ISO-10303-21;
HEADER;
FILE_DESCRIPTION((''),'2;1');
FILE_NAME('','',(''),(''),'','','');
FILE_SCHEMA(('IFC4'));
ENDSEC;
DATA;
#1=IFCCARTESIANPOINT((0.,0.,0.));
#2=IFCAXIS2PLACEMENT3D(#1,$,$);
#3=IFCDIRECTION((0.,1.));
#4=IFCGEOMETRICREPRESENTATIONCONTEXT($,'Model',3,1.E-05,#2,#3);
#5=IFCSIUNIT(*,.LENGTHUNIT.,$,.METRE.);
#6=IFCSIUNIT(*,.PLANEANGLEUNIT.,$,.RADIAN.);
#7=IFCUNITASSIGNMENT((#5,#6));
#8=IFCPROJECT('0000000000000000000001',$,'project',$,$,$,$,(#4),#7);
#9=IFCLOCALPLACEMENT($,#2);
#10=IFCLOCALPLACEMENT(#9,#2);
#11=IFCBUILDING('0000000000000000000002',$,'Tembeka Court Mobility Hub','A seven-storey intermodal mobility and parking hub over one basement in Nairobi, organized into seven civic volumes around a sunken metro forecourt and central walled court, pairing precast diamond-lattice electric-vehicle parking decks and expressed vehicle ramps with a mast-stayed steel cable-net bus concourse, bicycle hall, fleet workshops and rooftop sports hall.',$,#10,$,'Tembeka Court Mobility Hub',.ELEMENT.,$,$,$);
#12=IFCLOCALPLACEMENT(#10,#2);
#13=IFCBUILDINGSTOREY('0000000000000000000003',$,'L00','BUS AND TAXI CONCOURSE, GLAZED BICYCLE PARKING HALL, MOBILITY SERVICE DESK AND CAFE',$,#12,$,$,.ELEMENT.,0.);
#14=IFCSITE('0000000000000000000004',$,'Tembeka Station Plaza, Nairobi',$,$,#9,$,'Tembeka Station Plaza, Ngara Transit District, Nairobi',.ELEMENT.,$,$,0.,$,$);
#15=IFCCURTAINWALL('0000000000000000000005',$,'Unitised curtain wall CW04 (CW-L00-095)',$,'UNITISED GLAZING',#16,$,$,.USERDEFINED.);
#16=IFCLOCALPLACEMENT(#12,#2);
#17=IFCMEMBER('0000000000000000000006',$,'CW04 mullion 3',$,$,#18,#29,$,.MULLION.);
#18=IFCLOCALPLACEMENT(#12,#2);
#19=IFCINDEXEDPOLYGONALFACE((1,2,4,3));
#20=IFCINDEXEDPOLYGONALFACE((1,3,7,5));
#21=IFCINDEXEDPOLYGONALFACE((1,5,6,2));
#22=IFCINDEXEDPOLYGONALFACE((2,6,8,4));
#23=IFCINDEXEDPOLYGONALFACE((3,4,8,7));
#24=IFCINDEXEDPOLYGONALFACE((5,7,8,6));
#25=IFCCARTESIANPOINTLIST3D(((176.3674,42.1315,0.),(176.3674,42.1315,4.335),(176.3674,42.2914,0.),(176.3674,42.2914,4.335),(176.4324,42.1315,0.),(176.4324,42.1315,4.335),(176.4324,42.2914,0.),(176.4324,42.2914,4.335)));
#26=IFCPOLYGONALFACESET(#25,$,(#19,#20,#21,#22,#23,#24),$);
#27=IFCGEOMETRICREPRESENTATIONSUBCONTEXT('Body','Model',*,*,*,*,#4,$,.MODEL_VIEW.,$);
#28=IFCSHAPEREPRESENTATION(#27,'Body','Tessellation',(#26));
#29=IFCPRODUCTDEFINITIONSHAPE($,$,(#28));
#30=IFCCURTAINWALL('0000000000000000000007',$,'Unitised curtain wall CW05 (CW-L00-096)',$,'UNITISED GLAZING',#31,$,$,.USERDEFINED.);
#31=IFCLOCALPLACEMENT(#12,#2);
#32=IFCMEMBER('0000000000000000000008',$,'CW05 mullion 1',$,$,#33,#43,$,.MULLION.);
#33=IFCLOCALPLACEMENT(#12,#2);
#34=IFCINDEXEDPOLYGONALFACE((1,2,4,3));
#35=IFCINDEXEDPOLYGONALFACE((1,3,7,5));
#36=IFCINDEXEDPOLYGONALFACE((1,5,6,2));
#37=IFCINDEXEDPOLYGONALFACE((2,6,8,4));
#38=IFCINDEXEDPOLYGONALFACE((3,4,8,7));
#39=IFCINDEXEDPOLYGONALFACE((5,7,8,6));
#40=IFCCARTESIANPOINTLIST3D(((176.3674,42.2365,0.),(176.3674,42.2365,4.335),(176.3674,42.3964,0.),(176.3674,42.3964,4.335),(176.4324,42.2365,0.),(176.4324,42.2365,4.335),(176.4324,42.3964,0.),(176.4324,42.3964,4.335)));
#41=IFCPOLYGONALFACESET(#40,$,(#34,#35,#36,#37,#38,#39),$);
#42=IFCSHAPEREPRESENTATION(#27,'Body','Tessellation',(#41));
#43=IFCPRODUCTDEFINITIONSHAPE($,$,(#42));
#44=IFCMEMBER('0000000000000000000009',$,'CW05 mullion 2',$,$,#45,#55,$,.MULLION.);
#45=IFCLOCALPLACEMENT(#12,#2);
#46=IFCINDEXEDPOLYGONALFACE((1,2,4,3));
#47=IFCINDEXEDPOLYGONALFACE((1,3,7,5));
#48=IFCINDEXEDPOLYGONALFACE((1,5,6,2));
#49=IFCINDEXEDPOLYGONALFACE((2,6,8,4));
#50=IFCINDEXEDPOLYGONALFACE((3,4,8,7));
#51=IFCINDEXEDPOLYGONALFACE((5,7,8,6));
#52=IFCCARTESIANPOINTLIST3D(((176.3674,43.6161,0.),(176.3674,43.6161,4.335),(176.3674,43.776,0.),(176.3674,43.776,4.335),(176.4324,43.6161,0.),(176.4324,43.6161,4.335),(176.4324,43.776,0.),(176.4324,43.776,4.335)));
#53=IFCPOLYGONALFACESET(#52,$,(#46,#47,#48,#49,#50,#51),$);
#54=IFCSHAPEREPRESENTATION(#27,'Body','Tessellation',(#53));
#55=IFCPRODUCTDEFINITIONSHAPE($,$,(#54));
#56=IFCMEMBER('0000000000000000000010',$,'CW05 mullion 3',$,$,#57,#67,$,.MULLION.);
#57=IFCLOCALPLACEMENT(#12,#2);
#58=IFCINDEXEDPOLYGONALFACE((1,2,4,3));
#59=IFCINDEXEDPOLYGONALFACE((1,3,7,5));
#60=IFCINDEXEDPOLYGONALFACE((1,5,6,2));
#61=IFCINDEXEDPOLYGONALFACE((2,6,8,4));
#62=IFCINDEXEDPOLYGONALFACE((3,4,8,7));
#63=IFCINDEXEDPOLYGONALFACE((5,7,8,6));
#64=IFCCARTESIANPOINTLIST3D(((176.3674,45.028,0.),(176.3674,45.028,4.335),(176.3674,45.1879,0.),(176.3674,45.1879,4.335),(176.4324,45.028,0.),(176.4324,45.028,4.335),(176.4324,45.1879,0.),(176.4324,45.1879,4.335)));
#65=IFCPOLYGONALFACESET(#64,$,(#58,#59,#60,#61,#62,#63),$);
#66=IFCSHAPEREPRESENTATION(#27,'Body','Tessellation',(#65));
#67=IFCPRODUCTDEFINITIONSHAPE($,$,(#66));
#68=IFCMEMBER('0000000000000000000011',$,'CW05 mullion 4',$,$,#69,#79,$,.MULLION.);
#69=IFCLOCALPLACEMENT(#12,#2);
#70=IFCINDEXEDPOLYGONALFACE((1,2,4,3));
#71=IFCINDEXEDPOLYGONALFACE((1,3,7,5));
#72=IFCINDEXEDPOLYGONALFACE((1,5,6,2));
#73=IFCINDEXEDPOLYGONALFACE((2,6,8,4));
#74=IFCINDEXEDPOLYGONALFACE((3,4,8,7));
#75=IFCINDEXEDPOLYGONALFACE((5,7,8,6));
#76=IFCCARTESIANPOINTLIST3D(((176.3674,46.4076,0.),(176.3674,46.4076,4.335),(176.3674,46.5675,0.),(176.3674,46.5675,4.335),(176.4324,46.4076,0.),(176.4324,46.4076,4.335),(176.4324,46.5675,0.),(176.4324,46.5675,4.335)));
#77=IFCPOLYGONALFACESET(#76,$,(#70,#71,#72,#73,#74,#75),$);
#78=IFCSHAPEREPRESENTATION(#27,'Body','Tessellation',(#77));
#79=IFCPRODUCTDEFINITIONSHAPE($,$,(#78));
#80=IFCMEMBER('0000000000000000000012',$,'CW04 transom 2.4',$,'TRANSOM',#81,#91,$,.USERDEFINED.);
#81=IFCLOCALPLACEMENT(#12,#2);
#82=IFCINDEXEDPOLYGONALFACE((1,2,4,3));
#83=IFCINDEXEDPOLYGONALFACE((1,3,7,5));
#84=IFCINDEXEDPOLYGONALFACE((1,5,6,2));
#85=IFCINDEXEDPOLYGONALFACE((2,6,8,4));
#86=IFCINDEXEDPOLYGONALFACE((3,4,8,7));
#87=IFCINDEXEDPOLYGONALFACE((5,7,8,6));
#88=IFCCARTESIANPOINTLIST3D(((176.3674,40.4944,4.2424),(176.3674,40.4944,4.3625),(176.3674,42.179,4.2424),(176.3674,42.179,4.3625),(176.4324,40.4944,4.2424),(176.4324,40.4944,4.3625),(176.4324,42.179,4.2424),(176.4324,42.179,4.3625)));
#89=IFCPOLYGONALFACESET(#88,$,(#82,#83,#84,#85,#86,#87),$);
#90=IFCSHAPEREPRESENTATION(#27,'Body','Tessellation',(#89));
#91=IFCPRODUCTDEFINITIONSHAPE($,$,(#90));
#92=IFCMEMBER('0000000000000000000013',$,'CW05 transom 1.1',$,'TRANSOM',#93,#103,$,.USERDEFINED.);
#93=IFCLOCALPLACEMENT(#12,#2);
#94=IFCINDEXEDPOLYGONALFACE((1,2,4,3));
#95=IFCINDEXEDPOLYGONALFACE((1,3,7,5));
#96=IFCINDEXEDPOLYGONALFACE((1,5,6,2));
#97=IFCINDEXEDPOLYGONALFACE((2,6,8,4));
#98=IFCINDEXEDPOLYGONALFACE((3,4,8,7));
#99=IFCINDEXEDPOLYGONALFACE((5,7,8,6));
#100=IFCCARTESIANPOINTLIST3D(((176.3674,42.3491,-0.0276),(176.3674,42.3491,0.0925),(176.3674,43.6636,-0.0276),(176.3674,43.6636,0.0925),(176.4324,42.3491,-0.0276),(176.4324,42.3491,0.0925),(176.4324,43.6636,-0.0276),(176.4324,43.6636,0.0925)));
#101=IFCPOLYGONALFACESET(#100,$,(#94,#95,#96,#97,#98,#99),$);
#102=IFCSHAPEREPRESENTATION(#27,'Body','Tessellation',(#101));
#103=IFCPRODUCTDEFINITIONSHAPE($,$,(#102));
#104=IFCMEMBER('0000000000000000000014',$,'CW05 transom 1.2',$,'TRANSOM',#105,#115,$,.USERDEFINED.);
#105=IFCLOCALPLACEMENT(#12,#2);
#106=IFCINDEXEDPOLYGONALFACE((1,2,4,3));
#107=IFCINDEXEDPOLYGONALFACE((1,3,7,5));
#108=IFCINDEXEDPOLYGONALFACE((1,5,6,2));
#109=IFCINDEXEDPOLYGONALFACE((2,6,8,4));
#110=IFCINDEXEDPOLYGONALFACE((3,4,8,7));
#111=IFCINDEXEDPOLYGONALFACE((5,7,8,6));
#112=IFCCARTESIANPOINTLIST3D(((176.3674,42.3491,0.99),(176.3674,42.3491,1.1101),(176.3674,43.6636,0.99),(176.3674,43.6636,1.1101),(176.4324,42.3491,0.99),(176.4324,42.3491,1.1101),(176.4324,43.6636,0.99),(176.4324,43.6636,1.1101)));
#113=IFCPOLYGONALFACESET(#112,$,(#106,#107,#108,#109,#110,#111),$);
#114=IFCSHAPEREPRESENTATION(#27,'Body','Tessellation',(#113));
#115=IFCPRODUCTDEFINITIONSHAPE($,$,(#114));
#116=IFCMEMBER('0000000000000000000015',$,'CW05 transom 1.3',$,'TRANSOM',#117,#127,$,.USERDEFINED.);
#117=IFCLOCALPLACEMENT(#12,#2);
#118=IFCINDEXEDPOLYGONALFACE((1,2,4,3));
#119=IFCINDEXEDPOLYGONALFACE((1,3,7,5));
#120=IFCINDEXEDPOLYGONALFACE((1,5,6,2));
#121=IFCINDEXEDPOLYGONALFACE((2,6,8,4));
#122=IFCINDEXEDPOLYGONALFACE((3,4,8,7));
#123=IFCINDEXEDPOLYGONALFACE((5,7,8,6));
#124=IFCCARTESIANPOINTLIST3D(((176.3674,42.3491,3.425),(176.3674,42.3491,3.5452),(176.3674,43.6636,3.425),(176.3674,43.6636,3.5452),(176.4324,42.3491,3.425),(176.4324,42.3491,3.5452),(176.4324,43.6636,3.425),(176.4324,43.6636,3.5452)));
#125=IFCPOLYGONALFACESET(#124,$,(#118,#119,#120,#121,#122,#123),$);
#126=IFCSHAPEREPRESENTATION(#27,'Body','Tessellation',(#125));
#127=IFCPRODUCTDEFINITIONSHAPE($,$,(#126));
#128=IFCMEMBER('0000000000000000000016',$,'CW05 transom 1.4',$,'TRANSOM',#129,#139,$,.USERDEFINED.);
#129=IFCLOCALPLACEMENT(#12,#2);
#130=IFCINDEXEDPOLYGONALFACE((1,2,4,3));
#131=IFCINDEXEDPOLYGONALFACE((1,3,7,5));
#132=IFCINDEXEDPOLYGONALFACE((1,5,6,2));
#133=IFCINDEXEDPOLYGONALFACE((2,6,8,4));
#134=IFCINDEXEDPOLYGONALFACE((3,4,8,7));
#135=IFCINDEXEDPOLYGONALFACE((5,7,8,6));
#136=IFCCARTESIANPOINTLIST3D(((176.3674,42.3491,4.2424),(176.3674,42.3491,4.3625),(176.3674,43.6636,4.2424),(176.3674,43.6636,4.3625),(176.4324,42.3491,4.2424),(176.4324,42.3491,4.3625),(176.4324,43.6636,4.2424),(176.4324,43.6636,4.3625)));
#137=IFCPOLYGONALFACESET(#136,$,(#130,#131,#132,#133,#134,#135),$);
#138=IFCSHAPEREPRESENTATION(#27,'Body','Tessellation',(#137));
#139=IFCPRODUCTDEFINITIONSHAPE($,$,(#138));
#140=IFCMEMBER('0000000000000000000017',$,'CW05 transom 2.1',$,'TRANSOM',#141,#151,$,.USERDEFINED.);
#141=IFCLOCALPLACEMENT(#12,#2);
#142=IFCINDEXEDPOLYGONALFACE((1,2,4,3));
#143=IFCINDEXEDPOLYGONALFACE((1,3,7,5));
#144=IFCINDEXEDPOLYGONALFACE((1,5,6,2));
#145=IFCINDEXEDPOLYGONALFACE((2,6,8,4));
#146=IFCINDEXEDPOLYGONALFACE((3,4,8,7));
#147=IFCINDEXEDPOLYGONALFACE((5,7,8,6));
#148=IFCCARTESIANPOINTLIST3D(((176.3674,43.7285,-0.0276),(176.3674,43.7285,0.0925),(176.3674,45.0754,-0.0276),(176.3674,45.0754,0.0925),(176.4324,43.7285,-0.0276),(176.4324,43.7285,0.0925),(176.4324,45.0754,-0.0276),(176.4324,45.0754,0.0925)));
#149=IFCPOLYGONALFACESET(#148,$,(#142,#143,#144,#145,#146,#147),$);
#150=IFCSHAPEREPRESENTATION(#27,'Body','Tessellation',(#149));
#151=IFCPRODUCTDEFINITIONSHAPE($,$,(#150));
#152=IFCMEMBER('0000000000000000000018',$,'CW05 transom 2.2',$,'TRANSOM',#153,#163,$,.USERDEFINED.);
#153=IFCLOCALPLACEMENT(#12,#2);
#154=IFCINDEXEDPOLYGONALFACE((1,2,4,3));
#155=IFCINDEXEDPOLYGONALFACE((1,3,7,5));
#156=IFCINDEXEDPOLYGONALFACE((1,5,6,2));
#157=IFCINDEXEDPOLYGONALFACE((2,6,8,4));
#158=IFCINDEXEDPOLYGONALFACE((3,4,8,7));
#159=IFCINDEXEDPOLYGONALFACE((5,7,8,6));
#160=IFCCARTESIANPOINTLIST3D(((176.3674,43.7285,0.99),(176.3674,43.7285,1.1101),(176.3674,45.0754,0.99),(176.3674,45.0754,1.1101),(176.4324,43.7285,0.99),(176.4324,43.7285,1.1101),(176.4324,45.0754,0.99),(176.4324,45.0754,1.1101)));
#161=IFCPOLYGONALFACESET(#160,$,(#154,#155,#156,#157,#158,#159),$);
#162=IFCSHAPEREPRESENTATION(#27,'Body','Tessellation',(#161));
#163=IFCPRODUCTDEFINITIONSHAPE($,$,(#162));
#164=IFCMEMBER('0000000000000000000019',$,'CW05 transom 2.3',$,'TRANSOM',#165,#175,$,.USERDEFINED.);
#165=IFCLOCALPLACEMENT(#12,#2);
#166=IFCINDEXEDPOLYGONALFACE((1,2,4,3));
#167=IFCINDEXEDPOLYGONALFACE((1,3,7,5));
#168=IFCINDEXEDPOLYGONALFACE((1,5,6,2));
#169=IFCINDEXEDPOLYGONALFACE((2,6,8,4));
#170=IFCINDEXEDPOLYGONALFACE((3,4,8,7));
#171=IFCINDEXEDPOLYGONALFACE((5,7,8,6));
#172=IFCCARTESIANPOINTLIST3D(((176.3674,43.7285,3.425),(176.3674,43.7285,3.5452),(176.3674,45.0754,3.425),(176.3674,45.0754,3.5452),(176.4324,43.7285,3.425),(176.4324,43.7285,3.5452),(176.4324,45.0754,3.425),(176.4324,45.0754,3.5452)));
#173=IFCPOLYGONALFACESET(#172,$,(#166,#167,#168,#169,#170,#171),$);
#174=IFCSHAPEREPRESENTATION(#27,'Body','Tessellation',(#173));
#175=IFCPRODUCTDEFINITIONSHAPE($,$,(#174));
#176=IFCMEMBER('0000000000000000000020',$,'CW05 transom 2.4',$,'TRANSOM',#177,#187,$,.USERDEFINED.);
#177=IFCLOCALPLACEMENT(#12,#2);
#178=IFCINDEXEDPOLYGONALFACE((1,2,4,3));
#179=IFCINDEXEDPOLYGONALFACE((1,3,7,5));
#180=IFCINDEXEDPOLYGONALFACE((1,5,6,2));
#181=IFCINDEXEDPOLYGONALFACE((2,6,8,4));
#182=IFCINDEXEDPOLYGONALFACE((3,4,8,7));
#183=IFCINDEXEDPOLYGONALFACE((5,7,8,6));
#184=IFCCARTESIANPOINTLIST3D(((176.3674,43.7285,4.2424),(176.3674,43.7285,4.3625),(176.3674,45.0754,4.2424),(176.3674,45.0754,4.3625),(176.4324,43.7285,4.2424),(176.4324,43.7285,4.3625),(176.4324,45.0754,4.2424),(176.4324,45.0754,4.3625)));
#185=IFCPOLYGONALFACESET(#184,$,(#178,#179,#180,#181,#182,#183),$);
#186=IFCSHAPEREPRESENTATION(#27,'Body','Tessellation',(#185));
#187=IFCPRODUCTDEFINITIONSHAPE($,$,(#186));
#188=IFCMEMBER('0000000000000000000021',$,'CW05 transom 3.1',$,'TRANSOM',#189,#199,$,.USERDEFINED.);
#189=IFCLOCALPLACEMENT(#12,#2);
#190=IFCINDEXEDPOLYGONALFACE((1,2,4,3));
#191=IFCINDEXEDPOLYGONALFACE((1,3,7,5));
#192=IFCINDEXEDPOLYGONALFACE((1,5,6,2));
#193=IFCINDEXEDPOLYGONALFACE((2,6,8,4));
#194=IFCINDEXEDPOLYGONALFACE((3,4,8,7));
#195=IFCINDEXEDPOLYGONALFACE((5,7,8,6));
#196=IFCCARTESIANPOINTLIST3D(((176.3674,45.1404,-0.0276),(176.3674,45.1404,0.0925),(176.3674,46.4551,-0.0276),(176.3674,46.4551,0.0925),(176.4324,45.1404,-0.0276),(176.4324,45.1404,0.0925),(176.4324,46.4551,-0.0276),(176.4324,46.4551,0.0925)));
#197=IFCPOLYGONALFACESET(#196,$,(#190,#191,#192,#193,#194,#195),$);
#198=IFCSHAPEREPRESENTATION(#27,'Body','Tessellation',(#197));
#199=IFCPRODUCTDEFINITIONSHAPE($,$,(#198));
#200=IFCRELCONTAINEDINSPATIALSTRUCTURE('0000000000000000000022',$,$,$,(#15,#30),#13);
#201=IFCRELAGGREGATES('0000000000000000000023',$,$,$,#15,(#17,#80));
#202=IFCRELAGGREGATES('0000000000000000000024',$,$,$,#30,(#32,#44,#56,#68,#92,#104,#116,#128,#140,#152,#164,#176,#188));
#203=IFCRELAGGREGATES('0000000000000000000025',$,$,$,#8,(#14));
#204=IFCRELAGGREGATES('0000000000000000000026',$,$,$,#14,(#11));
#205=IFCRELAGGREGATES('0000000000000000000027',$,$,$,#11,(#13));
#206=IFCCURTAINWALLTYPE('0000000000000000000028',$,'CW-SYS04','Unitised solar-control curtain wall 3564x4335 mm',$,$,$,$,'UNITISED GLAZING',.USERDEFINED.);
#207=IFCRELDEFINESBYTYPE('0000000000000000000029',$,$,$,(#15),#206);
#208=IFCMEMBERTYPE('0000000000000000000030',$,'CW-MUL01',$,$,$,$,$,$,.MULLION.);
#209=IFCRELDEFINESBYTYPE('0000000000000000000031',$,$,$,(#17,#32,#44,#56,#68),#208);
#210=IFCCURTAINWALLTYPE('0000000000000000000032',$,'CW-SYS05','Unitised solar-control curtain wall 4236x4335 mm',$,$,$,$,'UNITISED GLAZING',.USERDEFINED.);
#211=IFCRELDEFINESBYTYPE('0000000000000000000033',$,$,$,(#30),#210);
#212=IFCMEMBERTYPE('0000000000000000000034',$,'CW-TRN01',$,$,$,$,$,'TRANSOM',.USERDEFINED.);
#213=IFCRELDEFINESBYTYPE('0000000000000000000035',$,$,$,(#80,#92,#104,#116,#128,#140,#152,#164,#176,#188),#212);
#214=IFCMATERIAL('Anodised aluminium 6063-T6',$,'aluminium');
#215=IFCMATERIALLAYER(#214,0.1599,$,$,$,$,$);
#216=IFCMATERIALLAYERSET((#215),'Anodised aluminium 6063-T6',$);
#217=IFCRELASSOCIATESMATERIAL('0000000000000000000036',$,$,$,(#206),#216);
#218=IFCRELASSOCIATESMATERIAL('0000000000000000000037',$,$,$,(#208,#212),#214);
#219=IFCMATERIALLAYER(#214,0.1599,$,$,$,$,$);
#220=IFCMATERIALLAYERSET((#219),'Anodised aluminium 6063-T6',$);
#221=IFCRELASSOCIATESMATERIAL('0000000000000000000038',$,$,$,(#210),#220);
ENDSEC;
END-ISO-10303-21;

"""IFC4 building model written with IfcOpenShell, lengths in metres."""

from ifc_helpers import new_model, si_unit, direction, frame, origin, origin_2d, place, context, subcontext, project, spatial, rectangle, extrude, material, layer, layer_set, material_profile, profile_set, type_object, element, aggregate, save


model = new_model("IFC4")

# Units and contexts
model_context = context("Model", 3, precision=1e-05, world=origin(), true_north=direction((0.0, 1.0)))
body_context = subcontext(model_context, "Body", "Model", "MODEL_VIEW")
ifc_project = project(units=[si_unit("LENGTHUNIT", "METRE"), si_unit("PLANEANGLEUNIT", "RADIAN")], contexts=[model_context])

# Site, building, storey
site_placement = place(None, origin())
site = spatial("IfcSite", under=ifc_project, at=site_placement, Name="Tembeka Station Plaza, Nairobi", LongName="Tembeka Station Plaza, Ngara Transit District, Nairobi", CompositionType="ELEMENT", RefElevation=0.0)
building_placement = place(site_placement, origin())
building = spatial("IfcBuilding", under=site, at=building_placement, Name="Tembeka Court Mobility Hub", Description="A seven-storey intermodal mobility and parking hub over one basement in Nairobi, organized into seven civic volumes around a sunken metro forecourt and central walled court, pairing precast diamond-lattice electric-vehicle parking decks and expressed vehicle ramps with a mast-stayed steel cable-net bus concourse, bicycle hall, fleet workshops and rooftop sports hall.", LongName="Tembeka Court Mobility Hub", CompositionType="ELEMENT")
storey_placement = place(building_placement, origin())
storey = spatial("IfcBuildingStorey", under=building, at=storey_placement, Name="L00", Description="BUS AND TAXI CONCOURSE, GLAZED BICYCLE PARKING HALL, MOBILITY SERVICE DESK AND CAFE", CompositionType="ELEMENT", Elevation=0.0)

# Curtain wall, member
ifc_material_1 = material(Name="Anodised aluminium 6063-T6", Category="aluminium")
ifc_layer_1 = layer(ifc_material_1, 0.1599)
ifc_layer_set_1 = layer_set([ifc_layer_1], Name="Anodised aluminium 6063-T6")
curtain_wall_type_1 = type_object("IfcCurtainWallType", Name="CW-SYS04", Description="Unitised solar-control curtain wall 3564x4335 mm", ElementType="UNITISED GLAZING", PredefinedType="USERDEFINED", material=ifc_layer_set_1)
curtain_wall_1_placement = place(storey_placement, origin())
curtain_wall_1 = element("IfcCurtainWall", 1, at=curtain_wall_1_placement, inside=storey, type_object=curtain_wall_type_1, Name="Unitised curtain wall CW04 (CW-L00-095)", ObjectType="UNITISED GLAZING", PredefinedType="USERDEFINED")
ifc_material_profile_1 = material_profile(ifc_material_1, rectangle(XDim=0.0649, YDim=0.1599, at=origin_2d()), Name="ALU-MUL 65x160")
ifc_profile_set_1 = profile_set([ifc_material_profile_1], Name="Anodised aluminium 6063-T6")
member_type_1 = type_object("IfcMemberType", Name="CW-MUL01", PredefinedType="MULLION", material=ifc_profile_set_1)
member_1_placement = place(storey_placement, frame((176.3999, 42.2114, 0.0), z_axis=(0.0, 0.0, 1.0), x_axis=(-1.0, 0.0, 0.0)))
member_1 = element("IfcMember", 2, at=member_1_placement, type_object=member_type_1, Name="CW04 mullion 3", PredefinedType="MULLION", context=body_context, shape_type="SweptSolid", body=[
    extrude(rectangle(XDim=0.0649, YDim=0.1599, at=origin_2d()), origin(), (0.0, 0.0, 1.0), 4.335),
])

# Curtain wall, members
ifc_layer_2 = layer(ifc_material_1, 0.1599)
ifc_layer_set_2 = layer_set([ifc_layer_2], Name="Anodised aluminium 6063-T6")
curtain_wall_type_2 = type_object("IfcCurtainWallType", Name="CW-SYS05", Description="Unitised solar-control curtain wall 4236x4335 mm", ElementType="UNITISED GLAZING", PredefinedType="USERDEFINED", material=ifc_layer_set_2)
curtain_wall_2_placement = place(storey_placement, origin())
curtain_wall_2 = element("IfcCurtainWall", 3, at=curtain_wall_2_placement, inside=storey, type_object=curtain_wall_type_2, Name="Unitised curtain wall CW05 (CW-L00-096)", ObjectType="UNITISED GLAZING", PredefinedType="USERDEFINED")
member_2_placement = place(storey_placement, frame((176.3999, 42.3164, 0.0), z_axis=(0.0, 0.0, 1.0), x_axis=(-1.0, 0.0, 0.0)))
member_2 = element("IfcMember", 4, at=member_2_placement, type_object=member_type_1, Name="CW05 mullion 1", PredefinedType="MULLION", context=body_context, shape_type="SweptSolid", body=[
    extrude(rectangle(XDim=0.0649, YDim=0.1599, at=origin_2d()), origin(), (0.0, 0.0, 1.0), 4.335),
])
member_3_placement = place(storey_placement, frame((176.3999, 43.696, 0.0), z_axis=(0.0, 0.0, 1.0), x_axis=(-1.0, 0.0, 0.0)))
member_3 = element("IfcMember", 5, at=member_3_placement, type_object=member_type_1, Name="CW05 mullion 2", PredefinedType="MULLION", context=body_context, shape_type="SweptSolid", body=[
    extrude(rectangle(XDim=0.0649, YDim=0.1599, at=origin_2d()), origin(), (0.0, 0.0, 1.0), 4.335),
])
member_4_placement = place(storey_placement, frame((176.3999, 45.1079, 0.0), z_axis=(0.0, 0.0, 1.0), x_axis=(-1.0, 0.0, 0.0)))
member_4 = element("IfcMember", 6, at=member_4_placement, type_object=member_type_1, Name="CW05 mullion 3", PredefinedType="MULLION", context=body_context, shape_type="SweptSolid", body=[
    extrude(rectangle(XDim=0.0649, YDim=0.1599, at=origin_2d()), origin(), (0.0, 0.0, 1.0), 4.335),
])
member_5_placement = place(storey_placement, frame((176.3999, 46.4875, 0.0), z_axis=(0.0, 0.0, 1.0), x_axis=(-1.0, 0.0, 0.0)))
member_5 = element("IfcMember", 7, at=member_5_placement, type_object=member_type_1, Name="CW05 mullion 4", PredefinedType="MULLION", context=body_context, shape_type="SweptSolid", body=[
    extrude(rectangle(XDim=0.0649, YDim=0.1599, at=origin_2d()), origin(), (0.0, 0.0, 1.0), 4.335),
])

# Members
ifc_material_profile_2 = material_profile(ifc_material_1, rectangle(XDim=0.0649, YDim=0.1201, at=origin_2d()), Name="ALU-TRN 65x120")
ifc_profile_set_2 = profile_set([ifc_material_profile_2], Name="Anodised aluminium 6063-T6")
member_type_2 = type_object("IfcMemberType", Name="CW-TRN01", ElementType="TRANSOM", PredefinedType="USERDEFINED", material=ifc_profile_set_2)
member_6_placement = place(storey_placement, frame((176.3999, 40.4944, 4.3025), z_axis=(0.0, 1.0, 0.0), x_axis=(-1.0, 0.0, 0.0)))
member_6 = element("IfcMember", 8, at=member_6_placement, type_object=member_type_2, Name="CW04 transom 2.4", ObjectType="TRANSOM", PredefinedType="USERDEFINED", context=body_context, shape_type="SweptSolid", body=[
    extrude(rectangle(XDim=0.0649, YDim=0.1201, at=origin_2d()), origin(), (0.0, 0.0, 1.0), 1.6846),
])
member_7_placement = place(storey_placement, frame((176.3999, 42.3491, 0.0325), z_axis=(0.0, 1.0, 0.0), x_axis=(-1.0, 0.0, 0.0)))
member_7 = element("IfcMember", 9, at=member_7_placement, type_object=member_type_2, Name="CW05 transom 1.1", ObjectType="TRANSOM", PredefinedType="USERDEFINED", context=body_context, shape_type="SweptSolid", body=[
    extrude(rectangle(XDim=0.0649, YDim=0.1201, at=origin_2d()), origin(), (0.0, 0.0, 1.0), 1.3145),
])
member_8_placement = place(storey_placement, frame((176.3999, 42.3491, 1.05), z_axis=(0.0, 1.0, 0.0), x_axis=(-1.0, 0.0, 0.0)))
member_8 = element("IfcMember", 10, at=member_8_placement, type_object=member_type_2, Name="CW05 transom 1.2", ObjectType="TRANSOM", PredefinedType="USERDEFINED", context=body_context, shape_type="SweptSolid", body=[
    extrude(rectangle(XDim=0.0649, YDim=0.1201, at=origin_2d()), origin(), (0.0, 0.0, 1.0), 1.3145),
])
member_9_placement = place(storey_placement, frame((176.3999, 42.3491, 3.4851), z_axis=(0.0, 1.0, 0.0), x_axis=(-1.0, 0.0, 0.0)))
member_9 = element("IfcMember", 11, at=member_9_placement, type_object=member_type_2, Name="CW05 transom 1.3", ObjectType="TRANSOM", PredefinedType="USERDEFINED", context=body_context, shape_type="SweptSolid", body=[
    extrude(rectangle(XDim=0.0649, YDim=0.1201, at=origin_2d()), origin(), (0.0, 0.0, 1.0), 1.3145),
])
member_10_placement = place(storey_placement, frame((176.3999, 42.3491, 4.3025), z_axis=(0.0, 1.0, 0.0), x_axis=(-1.0, 0.0, 0.0)))
member_10 = element("IfcMember", 12, at=member_10_placement, type_object=member_type_2, Name="CW05 transom 1.4", ObjectType="TRANSOM", PredefinedType="USERDEFINED", context=body_context, shape_type="SweptSolid", body=[
    extrude(rectangle(XDim=0.0649, YDim=0.1201, at=origin_2d()), origin(), (0.0, 0.0, 1.0), 1.3145),
])
member_11_placement = place(storey_placement, frame((176.3999, 43.7285, 0.0325), z_axis=(0.0, 1.0, 0.0), x_axis=(-1.0, 0.0, 0.0)))
member_11 = element("IfcMember", 13, at=member_11_placement, type_object=member_type_2, Name="CW05 transom 2.1", ObjectType="TRANSOM", PredefinedType="USERDEFINED", context=body_context, shape_type="SweptSolid", body=[
    extrude(rectangle(XDim=0.0649, YDim=0.1201, at=origin_2d()), origin(), (0.0, 0.0, 1.0), 1.3469),
])
member_12_placement = place(storey_placement, frame((176.3999, 43.7285, 1.05), z_axis=(0.0, 1.0, 0.0), x_axis=(-1.0, 0.0, 0.0)))
member_12 = element("IfcMember", 14, at=member_12_placement, type_object=member_type_2, Name="CW05 transom 2.2", ObjectType="TRANSOM", PredefinedType="USERDEFINED", context=body_context, shape_type="SweptSolid", body=[
    extrude(rectangle(XDim=0.0649, YDim=0.1201, at=origin_2d()), origin(), (0.0, 0.0, 1.0), 1.3469),
])
member_13_placement = place(storey_placement, frame((176.3999, 43.7285, 3.4851), z_axis=(0.0, 1.0, 0.0), x_axis=(-1.0, 0.0, 0.0)))
member_13 = element("IfcMember", 15, at=member_13_placement, type_object=member_type_2, Name="CW05 transom 2.3", ObjectType="TRANSOM", PredefinedType="USERDEFINED", context=body_context, shape_type="SweptSolid", body=[
    extrude(rectangle(XDim=0.0649, YDim=0.1201, at=origin_2d()), origin(), (0.0, 0.0, 1.0), 1.3469),
])
member_14_placement = place(storey_placement, frame((176.3999, 43.7285, 4.3025), z_axis=(0.0, 1.0, 0.0), x_axis=(-1.0, 0.0, 0.0)))
member_14 = element("IfcMember", 16, at=member_14_placement, type_object=member_type_2, Name="CW05 transom 2.4", ObjectType="TRANSOM", PredefinedType="USERDEFINED", context=body_context, shape_type="SweptSolid", body=[
    extrude(rectangle(XDim=0.0649, YDim=0.1201, at=origin_2d()), origin(), (0.0, 0.0, 1.0), 1.3469),
])
member_15_placement = place(storey_placement, frame((176.3999, 45.1404, 0.0325), z_axis=(0.0, 1.0, 0.0), x_axis=(-1.0, 0.0, 0.0)))
member_15 = element("IfcMember", 17, at=member_15_placement, type_object=member_type_2, Name="CW05 transom 3.1", ObjectType="TRANSOM", PredefinedType="USERDEFINED", context=body_context, shape_type="SweptSolid", body=[
    extrude(rectangle(XDim=0.0649, YDim=0.1201, at=origin_2d()), origin(), (0.0, 0.0, 1.0), 1.3147),
])

aggregate(curtain_wall_1, [member_1, member_6])
aggregate(curtain_wall_2, [member_2, member_3, member_4, member_5, member_7, member_8, member_9, member_10, member_11, member_12, member_13, member_14, member_15])

save(model, "model.ifc")
